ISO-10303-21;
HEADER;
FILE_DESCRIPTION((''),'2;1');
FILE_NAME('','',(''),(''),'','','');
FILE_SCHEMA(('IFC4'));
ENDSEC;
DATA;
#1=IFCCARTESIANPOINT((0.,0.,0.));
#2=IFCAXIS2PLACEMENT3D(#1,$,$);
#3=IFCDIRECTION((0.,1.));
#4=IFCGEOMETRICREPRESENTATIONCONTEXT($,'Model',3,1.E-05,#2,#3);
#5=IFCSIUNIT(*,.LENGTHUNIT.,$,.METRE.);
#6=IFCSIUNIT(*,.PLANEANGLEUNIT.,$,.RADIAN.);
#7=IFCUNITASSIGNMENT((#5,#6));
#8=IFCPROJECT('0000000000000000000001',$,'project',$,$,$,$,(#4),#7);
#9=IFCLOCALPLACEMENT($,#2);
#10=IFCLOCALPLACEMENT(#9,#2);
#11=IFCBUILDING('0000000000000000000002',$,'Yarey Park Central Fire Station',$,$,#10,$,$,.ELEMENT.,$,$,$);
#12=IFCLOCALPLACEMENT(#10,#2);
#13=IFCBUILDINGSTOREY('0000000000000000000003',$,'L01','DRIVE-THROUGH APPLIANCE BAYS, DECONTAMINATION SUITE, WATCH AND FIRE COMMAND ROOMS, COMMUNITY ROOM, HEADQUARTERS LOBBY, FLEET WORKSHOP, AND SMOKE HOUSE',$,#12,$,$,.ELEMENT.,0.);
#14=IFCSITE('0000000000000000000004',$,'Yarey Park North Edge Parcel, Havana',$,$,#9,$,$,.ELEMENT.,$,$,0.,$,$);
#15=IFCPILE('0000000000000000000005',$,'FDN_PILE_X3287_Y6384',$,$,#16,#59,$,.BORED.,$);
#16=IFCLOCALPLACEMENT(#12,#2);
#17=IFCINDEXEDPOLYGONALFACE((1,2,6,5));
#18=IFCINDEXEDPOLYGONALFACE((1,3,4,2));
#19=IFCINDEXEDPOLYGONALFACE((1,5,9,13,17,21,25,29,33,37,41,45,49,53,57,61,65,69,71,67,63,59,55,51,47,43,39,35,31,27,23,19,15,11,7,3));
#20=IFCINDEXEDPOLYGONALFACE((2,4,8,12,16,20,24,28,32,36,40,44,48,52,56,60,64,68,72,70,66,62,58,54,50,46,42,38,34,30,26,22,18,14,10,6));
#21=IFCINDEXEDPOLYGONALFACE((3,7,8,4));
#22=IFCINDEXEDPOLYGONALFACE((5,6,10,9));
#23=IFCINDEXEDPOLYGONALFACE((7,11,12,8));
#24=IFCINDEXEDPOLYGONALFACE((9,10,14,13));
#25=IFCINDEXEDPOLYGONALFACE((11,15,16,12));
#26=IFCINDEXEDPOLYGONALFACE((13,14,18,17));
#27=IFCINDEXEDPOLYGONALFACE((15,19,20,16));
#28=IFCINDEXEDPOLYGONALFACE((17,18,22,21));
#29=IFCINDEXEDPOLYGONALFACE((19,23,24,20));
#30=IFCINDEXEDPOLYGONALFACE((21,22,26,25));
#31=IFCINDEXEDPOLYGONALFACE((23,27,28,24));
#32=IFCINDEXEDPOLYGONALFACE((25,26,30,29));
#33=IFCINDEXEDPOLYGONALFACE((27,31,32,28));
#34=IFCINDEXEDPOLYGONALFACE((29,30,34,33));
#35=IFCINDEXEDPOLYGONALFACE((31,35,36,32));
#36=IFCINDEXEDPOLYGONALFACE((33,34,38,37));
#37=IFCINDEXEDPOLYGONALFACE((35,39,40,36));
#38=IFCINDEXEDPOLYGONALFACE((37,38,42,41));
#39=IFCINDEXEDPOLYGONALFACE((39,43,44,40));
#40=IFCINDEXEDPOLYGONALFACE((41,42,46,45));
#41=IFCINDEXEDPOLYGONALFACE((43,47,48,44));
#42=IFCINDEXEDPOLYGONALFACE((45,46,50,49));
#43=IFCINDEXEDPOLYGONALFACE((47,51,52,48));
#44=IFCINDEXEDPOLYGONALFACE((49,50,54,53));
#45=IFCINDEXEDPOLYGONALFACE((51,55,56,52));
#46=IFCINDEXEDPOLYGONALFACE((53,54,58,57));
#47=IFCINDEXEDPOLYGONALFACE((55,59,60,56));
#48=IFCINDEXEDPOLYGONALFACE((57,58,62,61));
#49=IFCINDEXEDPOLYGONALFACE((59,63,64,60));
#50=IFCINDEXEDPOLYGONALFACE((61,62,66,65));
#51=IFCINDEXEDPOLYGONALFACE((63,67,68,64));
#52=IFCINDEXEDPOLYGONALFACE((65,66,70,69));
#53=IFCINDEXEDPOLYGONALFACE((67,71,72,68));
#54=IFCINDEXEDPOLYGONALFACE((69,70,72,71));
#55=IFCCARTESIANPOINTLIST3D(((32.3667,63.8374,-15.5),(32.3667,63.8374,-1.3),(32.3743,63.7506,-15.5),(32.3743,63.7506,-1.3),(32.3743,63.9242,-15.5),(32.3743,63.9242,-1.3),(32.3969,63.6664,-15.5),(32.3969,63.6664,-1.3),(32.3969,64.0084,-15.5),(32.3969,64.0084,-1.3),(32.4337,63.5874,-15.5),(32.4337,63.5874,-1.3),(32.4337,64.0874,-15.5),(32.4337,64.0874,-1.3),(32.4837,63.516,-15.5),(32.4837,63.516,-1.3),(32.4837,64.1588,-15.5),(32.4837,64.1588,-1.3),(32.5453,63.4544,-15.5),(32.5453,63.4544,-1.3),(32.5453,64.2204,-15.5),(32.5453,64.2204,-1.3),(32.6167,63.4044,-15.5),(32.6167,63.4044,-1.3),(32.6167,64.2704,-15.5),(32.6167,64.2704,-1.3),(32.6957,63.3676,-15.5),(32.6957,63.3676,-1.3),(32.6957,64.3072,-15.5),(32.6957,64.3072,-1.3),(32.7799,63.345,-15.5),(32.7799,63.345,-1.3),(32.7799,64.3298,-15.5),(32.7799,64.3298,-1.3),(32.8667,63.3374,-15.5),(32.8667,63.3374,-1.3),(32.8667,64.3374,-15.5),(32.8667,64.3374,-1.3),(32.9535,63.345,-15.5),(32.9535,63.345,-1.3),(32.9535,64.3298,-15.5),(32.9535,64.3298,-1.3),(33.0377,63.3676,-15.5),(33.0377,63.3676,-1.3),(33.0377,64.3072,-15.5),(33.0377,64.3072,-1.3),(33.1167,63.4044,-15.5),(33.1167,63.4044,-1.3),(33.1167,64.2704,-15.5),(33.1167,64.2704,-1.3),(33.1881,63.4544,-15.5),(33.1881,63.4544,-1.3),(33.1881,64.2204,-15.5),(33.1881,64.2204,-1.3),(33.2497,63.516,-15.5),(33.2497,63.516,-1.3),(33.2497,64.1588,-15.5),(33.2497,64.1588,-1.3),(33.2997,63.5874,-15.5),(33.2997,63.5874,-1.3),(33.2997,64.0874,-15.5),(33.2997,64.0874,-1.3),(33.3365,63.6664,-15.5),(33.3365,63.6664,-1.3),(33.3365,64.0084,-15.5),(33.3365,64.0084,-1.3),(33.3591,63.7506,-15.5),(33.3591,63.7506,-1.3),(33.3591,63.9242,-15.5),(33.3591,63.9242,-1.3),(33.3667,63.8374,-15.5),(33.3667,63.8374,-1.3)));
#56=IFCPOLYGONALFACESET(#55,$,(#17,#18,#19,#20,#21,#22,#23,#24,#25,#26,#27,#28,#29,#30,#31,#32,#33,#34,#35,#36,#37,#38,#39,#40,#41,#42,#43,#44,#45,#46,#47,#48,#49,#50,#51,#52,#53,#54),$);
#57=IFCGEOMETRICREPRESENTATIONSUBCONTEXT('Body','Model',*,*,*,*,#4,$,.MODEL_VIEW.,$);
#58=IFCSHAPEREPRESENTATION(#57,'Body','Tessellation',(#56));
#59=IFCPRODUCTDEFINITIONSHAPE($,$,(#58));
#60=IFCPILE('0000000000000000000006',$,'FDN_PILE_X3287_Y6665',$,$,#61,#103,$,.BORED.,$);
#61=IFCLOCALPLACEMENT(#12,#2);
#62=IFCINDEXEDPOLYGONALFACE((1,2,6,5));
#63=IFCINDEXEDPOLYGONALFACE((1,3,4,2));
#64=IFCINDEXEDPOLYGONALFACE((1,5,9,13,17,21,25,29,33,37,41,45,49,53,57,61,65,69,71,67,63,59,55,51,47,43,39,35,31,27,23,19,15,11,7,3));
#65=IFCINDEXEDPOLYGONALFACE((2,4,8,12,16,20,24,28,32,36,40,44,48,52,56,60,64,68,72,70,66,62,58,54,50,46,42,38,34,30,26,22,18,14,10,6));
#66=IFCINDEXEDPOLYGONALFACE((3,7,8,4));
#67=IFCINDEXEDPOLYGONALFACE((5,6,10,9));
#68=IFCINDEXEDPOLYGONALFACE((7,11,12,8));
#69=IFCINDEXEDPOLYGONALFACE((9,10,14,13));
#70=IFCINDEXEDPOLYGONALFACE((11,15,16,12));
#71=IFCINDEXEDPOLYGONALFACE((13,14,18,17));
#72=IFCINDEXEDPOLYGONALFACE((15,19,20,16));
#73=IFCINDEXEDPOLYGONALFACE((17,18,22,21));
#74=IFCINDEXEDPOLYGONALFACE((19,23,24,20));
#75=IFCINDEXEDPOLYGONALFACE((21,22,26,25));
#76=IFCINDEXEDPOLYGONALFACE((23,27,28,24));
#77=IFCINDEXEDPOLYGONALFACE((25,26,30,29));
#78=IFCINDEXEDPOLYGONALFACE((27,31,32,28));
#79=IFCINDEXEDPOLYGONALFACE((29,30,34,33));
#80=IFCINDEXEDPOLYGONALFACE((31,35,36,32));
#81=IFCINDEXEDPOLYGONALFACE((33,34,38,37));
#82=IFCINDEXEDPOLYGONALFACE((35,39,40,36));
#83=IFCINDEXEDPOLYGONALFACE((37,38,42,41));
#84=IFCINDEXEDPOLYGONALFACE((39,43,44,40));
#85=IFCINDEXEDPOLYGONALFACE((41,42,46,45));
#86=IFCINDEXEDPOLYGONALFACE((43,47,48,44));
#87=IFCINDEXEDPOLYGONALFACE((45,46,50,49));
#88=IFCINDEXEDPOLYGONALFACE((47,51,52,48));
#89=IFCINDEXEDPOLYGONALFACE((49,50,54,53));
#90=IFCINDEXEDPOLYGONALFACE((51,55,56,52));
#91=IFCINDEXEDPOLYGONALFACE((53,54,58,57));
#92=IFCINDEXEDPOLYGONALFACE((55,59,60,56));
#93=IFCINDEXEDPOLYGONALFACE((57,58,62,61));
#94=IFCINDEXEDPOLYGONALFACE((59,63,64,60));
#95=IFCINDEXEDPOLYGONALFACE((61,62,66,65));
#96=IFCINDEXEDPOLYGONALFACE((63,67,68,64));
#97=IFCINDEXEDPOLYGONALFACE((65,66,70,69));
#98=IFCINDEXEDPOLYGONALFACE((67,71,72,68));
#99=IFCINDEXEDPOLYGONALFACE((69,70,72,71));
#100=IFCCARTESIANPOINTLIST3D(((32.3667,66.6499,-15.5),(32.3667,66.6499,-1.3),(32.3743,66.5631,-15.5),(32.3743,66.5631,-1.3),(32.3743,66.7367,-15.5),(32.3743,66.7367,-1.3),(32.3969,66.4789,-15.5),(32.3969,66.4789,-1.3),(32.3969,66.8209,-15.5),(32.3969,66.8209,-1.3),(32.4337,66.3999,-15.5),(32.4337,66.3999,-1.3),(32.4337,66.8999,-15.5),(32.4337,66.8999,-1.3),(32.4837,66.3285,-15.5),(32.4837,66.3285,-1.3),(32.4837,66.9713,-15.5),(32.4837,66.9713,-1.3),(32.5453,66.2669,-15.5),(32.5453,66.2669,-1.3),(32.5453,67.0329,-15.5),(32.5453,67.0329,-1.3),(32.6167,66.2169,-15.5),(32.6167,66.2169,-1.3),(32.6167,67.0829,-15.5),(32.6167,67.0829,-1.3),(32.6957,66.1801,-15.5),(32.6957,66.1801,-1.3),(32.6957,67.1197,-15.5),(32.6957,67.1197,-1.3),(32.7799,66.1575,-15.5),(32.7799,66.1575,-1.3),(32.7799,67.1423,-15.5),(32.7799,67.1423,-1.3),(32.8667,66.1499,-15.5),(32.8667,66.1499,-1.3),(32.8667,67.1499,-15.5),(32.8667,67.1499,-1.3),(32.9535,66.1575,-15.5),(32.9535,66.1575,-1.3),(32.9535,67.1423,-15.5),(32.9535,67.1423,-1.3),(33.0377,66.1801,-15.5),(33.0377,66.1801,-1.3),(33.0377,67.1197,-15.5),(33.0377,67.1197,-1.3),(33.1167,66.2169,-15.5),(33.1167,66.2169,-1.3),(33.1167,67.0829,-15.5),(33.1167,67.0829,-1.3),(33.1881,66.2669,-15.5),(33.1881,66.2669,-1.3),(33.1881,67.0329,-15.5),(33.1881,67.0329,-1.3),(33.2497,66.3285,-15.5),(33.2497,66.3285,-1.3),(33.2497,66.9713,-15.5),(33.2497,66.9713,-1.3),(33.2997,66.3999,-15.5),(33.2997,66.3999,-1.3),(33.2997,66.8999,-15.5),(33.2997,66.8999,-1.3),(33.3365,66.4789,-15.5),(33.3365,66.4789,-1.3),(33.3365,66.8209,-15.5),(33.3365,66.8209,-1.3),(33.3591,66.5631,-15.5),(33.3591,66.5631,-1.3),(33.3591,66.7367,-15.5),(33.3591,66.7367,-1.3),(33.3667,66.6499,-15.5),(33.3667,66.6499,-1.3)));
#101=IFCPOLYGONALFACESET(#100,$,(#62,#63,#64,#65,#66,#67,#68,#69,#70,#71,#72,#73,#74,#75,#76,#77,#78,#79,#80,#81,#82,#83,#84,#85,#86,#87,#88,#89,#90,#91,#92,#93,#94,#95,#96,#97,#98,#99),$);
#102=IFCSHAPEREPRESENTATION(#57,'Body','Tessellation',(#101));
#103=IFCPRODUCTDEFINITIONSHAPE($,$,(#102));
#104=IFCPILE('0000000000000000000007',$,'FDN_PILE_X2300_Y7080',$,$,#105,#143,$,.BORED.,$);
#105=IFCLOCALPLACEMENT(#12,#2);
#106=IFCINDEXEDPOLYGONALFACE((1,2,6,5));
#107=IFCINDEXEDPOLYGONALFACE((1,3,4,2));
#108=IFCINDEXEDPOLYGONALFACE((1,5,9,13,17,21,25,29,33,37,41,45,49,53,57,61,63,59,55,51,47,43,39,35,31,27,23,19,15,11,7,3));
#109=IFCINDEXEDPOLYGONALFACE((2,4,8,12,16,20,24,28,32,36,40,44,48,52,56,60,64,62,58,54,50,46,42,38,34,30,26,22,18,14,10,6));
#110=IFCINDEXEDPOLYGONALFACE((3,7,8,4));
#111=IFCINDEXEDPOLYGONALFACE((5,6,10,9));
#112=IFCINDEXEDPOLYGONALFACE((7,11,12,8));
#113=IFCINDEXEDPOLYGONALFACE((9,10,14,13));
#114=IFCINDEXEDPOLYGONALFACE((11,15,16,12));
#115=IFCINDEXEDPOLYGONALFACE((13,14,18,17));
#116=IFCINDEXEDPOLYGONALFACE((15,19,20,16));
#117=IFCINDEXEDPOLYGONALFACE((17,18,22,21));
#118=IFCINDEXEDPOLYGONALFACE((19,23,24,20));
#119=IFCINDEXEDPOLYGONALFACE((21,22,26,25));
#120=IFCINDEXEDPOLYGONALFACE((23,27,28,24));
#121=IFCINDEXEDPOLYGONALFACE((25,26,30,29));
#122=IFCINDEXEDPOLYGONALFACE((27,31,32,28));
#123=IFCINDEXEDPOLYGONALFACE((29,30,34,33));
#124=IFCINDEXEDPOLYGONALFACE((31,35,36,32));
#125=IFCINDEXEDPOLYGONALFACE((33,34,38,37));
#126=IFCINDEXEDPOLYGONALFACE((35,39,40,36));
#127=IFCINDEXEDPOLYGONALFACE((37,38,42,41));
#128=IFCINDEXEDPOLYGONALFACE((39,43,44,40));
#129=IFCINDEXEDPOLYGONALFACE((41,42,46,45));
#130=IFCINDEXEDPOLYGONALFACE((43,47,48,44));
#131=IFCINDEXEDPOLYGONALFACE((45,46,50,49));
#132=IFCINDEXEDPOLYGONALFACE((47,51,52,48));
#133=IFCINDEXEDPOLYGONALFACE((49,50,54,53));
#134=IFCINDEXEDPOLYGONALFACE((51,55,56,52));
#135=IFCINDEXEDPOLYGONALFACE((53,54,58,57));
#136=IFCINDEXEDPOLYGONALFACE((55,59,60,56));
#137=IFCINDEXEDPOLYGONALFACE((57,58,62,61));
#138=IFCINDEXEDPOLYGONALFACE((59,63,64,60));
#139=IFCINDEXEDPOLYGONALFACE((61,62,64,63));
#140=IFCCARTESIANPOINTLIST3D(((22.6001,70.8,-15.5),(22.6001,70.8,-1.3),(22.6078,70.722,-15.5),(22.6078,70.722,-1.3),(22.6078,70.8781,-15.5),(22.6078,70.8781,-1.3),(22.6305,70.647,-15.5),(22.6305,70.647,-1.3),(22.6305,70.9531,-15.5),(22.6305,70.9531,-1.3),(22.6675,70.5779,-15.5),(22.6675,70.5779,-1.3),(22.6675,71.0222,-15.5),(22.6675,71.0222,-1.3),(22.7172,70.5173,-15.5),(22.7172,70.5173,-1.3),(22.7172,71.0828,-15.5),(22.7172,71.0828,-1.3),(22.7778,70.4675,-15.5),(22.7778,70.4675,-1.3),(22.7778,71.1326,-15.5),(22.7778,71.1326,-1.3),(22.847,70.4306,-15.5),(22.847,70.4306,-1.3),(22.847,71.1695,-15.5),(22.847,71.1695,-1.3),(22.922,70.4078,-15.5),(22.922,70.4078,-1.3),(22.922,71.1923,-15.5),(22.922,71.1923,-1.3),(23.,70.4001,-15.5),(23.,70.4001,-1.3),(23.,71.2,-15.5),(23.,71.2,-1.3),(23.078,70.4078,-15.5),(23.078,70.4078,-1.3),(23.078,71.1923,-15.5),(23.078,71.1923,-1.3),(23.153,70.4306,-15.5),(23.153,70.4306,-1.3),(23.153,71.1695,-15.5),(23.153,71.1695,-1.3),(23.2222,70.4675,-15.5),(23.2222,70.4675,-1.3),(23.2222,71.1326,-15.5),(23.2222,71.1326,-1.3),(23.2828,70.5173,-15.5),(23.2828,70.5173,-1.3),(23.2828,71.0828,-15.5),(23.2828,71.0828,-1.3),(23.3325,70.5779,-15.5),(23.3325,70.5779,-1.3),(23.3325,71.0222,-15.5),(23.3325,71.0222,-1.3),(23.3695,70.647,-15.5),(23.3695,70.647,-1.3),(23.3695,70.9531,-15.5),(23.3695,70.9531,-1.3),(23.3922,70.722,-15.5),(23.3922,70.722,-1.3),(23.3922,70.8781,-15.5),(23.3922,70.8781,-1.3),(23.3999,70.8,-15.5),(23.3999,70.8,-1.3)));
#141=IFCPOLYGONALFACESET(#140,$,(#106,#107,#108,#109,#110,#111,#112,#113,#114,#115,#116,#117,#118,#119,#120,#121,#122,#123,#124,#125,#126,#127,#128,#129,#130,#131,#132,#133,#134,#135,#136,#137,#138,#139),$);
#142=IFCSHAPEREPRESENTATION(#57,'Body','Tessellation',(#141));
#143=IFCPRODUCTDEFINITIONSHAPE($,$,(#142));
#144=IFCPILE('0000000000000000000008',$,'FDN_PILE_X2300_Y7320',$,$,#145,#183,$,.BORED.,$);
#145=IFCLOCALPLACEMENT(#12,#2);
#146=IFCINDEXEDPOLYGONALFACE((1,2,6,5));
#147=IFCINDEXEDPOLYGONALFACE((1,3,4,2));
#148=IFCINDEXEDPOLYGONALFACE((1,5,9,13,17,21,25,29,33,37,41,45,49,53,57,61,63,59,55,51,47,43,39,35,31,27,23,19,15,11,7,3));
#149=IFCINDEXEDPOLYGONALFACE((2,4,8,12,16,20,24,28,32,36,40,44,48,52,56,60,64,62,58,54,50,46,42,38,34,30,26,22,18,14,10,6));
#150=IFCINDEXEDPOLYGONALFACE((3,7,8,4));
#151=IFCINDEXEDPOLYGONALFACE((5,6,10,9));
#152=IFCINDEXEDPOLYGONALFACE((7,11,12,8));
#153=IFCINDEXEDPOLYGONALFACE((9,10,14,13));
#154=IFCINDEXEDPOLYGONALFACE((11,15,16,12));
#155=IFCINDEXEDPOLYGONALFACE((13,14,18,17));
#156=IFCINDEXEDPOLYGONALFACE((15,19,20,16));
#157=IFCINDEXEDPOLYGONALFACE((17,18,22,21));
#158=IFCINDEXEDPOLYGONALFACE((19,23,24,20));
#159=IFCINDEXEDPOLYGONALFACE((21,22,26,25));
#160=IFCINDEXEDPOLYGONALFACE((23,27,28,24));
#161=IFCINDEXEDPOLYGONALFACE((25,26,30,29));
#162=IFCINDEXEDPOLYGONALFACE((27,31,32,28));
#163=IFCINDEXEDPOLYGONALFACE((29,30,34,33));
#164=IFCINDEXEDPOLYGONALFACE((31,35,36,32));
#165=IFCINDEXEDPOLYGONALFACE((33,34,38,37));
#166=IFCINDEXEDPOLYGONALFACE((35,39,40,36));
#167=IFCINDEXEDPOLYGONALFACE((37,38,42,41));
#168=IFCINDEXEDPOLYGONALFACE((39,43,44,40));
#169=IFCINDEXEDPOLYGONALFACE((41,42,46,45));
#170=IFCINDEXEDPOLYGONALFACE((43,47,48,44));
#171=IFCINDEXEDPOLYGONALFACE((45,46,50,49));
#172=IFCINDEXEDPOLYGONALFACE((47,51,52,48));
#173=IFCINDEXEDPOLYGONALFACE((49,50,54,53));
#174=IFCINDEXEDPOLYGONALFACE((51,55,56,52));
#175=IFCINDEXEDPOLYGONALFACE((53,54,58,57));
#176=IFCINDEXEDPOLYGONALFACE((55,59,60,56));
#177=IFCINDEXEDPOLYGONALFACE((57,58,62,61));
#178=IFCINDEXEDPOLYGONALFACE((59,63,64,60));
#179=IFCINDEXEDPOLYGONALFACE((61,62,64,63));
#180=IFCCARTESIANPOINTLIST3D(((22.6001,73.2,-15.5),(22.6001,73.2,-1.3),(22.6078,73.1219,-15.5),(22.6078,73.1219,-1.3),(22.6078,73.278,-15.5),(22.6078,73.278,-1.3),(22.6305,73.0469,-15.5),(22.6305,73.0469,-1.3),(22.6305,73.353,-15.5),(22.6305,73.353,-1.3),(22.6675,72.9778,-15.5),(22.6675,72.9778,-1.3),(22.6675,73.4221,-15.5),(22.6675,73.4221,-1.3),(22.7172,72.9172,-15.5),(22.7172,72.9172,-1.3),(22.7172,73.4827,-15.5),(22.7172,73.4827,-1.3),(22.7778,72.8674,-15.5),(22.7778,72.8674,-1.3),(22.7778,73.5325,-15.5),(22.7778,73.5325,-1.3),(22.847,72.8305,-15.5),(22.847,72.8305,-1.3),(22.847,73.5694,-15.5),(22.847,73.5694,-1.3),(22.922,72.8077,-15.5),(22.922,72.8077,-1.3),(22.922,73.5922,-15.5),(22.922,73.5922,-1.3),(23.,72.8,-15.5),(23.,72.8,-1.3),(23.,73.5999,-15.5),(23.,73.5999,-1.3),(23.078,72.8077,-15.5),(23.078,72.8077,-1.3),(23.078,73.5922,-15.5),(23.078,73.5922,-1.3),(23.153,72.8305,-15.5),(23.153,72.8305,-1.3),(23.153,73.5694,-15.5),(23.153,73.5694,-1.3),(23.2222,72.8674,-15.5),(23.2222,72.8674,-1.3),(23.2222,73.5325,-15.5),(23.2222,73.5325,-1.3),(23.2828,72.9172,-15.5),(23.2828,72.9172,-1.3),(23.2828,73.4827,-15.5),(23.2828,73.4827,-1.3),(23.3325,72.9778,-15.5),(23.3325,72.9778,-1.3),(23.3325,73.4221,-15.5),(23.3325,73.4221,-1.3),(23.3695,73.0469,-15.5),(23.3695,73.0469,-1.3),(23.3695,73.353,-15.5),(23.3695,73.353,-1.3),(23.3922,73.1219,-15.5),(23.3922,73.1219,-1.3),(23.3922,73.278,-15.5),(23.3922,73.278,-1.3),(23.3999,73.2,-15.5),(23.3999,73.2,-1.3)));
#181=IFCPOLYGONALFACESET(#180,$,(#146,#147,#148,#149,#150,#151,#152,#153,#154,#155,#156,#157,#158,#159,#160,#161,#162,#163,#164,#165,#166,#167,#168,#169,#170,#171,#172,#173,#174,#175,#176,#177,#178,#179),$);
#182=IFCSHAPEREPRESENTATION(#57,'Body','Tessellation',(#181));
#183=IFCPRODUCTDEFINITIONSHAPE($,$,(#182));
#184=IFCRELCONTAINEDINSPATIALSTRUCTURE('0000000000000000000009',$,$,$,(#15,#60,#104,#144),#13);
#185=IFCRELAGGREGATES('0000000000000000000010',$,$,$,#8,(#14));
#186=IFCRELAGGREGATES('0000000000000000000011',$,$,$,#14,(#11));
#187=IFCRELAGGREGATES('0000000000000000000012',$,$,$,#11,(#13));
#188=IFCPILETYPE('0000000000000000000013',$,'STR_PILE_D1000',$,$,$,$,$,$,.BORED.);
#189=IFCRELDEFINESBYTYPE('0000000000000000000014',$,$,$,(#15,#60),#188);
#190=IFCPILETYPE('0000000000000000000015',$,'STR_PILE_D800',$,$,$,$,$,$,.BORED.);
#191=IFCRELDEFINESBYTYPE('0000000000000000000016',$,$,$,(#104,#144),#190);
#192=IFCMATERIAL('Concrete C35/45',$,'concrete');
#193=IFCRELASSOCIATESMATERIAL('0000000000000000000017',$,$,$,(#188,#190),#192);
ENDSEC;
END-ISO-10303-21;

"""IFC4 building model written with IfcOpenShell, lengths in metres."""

from ifc_helpers import new_model, si_unit, direction, frame, origin, origin_2d, place, context, subcontext, project, spatial, circle, extrude, material, material_profile, profile_set, type_object, element, save


model = new_model("IFC4")

# Units and contexts
model_context = context("Model", 3, precision=1e-05, world=origin(), true_north=direction((0.0, 1.0)))
body_context = subcontext(model_context, "Body", "Model", "MODEL_VIEW")
ifc_project = project(units=[si_unit("LENGTHUNIT", "METRE"), si_unit("PLANEANGLEUNIT", "RADIAN")], contexts=[model_context])

# Site, building, storey
site_placement = place(None, origin())
site = spatial("IfcSite", under=ifc_project, at=site_placement, Name="Yarey Park North Edge Parcel, Havana", CompositionType="ELEMENT", RefElevation=0.0)
building_placement = place(site_placement, origin())
building = spatial("IfcBuilding", under=site, at=building_placement, Name="Yarey Park Central Fire Station", CompositionType="ELEMENT")
storey_placement = place(building_placement, origin())
storey = spatial("IfcBuildingStorey", under=building, at=storey_placement, Name="L01", Description="DRIVE-THROUGH APPLIANCE BAYS, DECONTAMINATION SUITE, WATCH AND FIRE COMMAND ROOMS, COMMUNITY ROOM, HEADQUARTERS LOBBY, FLEET WORKSHOP, AND SMOKE HOUSE", CompositionType="ELEMENT", Elevation=0.0)

# Shared definitions
ifc_material_1 = material(Name="Concrete C35/45", Category="concrete")

# Piles
ifc_material_profile_1 = material_profile(ifc_material_1, circle(Radius=0.5, at=origin_2d()), Name="BORED PILE D1000")
ifc_profile_set_1 = profile_set([ifc_material_profile_1], Name="Concrete C35/45")
pile_type_1 = type_object("IfcPileType", Name="STR_PILE_D1000", PredefinedType="BORED", material=ifc_profile_set_1)
for number, where, z_axis, x_axis, name in (
    (1, (32.8667, 63.8374, -1.3), (0.0, 0.0, -1.0), (1.0, 0.0, 0.0), "FDN_PILE_X3287_Y6384"),
    (2, (32.8667, 66.6499, -1.3), (0.0, 0.0, -1.0), (1.0, 0.0, 0.0), "FDN_PILE_X3287_Y6665"),
):
    element("IfcPile", number, at=place(storey_placement, frame(where, z_axis=z_axis, x_axis=x_axis)), inside=storey, type_object=pile_type_1, Name=name, PredefinedType="BORED", context=body_context, shape_type="SweptSolid", body=[
        extrude(circle(Radius=0.5, at=origin_2d()), origin(), (0.0, 0.0, 1.0), 14.2),
    ])
ifc_material_profile_2 = material_profile(ifc_material_1, circle(Radius=0.3999, at=origin_2d()), Name="BORED PILE D800")
ifc_profile_set_2 = profile_set([ifc_material_profile_2], Name="Concrete C35/45")
pile_type_2 = type_object("IfcPileType", Name="STR_PILE_D800", PredefinedType="BORED", material=ifc_profile_set_2)
for number, where, z_axis, x_axis, name in (
    (3, (23.0, 70.8, -1.3), (0.0, 0.0, -1.0), (1.0, 0.0, 0.0), "FDN_PILE_X2300_Y7080"),
    (4, (23.0, 73.2, -1.3), (0.0, 0.0, -1.0), (1.0, 0.0, 0.0), "FDN_PILE_X2300_Y7320"),
):
    element("IfcPile", number, at=place(storey_placement, frame(where, z_axis=z_axis, x_axis=x_axis)), inside=storey, type_object=pile_type_2, Name=name, PredefinedType="BORED", context=body_context, shape_type="SweptSolid", body=[
        extrude(circle(Radius=0.3999, at=origin_2d()), origin(), (0.0, 0.0, 1.0), 14.2),
    ])

save(model, "model.ifc")
